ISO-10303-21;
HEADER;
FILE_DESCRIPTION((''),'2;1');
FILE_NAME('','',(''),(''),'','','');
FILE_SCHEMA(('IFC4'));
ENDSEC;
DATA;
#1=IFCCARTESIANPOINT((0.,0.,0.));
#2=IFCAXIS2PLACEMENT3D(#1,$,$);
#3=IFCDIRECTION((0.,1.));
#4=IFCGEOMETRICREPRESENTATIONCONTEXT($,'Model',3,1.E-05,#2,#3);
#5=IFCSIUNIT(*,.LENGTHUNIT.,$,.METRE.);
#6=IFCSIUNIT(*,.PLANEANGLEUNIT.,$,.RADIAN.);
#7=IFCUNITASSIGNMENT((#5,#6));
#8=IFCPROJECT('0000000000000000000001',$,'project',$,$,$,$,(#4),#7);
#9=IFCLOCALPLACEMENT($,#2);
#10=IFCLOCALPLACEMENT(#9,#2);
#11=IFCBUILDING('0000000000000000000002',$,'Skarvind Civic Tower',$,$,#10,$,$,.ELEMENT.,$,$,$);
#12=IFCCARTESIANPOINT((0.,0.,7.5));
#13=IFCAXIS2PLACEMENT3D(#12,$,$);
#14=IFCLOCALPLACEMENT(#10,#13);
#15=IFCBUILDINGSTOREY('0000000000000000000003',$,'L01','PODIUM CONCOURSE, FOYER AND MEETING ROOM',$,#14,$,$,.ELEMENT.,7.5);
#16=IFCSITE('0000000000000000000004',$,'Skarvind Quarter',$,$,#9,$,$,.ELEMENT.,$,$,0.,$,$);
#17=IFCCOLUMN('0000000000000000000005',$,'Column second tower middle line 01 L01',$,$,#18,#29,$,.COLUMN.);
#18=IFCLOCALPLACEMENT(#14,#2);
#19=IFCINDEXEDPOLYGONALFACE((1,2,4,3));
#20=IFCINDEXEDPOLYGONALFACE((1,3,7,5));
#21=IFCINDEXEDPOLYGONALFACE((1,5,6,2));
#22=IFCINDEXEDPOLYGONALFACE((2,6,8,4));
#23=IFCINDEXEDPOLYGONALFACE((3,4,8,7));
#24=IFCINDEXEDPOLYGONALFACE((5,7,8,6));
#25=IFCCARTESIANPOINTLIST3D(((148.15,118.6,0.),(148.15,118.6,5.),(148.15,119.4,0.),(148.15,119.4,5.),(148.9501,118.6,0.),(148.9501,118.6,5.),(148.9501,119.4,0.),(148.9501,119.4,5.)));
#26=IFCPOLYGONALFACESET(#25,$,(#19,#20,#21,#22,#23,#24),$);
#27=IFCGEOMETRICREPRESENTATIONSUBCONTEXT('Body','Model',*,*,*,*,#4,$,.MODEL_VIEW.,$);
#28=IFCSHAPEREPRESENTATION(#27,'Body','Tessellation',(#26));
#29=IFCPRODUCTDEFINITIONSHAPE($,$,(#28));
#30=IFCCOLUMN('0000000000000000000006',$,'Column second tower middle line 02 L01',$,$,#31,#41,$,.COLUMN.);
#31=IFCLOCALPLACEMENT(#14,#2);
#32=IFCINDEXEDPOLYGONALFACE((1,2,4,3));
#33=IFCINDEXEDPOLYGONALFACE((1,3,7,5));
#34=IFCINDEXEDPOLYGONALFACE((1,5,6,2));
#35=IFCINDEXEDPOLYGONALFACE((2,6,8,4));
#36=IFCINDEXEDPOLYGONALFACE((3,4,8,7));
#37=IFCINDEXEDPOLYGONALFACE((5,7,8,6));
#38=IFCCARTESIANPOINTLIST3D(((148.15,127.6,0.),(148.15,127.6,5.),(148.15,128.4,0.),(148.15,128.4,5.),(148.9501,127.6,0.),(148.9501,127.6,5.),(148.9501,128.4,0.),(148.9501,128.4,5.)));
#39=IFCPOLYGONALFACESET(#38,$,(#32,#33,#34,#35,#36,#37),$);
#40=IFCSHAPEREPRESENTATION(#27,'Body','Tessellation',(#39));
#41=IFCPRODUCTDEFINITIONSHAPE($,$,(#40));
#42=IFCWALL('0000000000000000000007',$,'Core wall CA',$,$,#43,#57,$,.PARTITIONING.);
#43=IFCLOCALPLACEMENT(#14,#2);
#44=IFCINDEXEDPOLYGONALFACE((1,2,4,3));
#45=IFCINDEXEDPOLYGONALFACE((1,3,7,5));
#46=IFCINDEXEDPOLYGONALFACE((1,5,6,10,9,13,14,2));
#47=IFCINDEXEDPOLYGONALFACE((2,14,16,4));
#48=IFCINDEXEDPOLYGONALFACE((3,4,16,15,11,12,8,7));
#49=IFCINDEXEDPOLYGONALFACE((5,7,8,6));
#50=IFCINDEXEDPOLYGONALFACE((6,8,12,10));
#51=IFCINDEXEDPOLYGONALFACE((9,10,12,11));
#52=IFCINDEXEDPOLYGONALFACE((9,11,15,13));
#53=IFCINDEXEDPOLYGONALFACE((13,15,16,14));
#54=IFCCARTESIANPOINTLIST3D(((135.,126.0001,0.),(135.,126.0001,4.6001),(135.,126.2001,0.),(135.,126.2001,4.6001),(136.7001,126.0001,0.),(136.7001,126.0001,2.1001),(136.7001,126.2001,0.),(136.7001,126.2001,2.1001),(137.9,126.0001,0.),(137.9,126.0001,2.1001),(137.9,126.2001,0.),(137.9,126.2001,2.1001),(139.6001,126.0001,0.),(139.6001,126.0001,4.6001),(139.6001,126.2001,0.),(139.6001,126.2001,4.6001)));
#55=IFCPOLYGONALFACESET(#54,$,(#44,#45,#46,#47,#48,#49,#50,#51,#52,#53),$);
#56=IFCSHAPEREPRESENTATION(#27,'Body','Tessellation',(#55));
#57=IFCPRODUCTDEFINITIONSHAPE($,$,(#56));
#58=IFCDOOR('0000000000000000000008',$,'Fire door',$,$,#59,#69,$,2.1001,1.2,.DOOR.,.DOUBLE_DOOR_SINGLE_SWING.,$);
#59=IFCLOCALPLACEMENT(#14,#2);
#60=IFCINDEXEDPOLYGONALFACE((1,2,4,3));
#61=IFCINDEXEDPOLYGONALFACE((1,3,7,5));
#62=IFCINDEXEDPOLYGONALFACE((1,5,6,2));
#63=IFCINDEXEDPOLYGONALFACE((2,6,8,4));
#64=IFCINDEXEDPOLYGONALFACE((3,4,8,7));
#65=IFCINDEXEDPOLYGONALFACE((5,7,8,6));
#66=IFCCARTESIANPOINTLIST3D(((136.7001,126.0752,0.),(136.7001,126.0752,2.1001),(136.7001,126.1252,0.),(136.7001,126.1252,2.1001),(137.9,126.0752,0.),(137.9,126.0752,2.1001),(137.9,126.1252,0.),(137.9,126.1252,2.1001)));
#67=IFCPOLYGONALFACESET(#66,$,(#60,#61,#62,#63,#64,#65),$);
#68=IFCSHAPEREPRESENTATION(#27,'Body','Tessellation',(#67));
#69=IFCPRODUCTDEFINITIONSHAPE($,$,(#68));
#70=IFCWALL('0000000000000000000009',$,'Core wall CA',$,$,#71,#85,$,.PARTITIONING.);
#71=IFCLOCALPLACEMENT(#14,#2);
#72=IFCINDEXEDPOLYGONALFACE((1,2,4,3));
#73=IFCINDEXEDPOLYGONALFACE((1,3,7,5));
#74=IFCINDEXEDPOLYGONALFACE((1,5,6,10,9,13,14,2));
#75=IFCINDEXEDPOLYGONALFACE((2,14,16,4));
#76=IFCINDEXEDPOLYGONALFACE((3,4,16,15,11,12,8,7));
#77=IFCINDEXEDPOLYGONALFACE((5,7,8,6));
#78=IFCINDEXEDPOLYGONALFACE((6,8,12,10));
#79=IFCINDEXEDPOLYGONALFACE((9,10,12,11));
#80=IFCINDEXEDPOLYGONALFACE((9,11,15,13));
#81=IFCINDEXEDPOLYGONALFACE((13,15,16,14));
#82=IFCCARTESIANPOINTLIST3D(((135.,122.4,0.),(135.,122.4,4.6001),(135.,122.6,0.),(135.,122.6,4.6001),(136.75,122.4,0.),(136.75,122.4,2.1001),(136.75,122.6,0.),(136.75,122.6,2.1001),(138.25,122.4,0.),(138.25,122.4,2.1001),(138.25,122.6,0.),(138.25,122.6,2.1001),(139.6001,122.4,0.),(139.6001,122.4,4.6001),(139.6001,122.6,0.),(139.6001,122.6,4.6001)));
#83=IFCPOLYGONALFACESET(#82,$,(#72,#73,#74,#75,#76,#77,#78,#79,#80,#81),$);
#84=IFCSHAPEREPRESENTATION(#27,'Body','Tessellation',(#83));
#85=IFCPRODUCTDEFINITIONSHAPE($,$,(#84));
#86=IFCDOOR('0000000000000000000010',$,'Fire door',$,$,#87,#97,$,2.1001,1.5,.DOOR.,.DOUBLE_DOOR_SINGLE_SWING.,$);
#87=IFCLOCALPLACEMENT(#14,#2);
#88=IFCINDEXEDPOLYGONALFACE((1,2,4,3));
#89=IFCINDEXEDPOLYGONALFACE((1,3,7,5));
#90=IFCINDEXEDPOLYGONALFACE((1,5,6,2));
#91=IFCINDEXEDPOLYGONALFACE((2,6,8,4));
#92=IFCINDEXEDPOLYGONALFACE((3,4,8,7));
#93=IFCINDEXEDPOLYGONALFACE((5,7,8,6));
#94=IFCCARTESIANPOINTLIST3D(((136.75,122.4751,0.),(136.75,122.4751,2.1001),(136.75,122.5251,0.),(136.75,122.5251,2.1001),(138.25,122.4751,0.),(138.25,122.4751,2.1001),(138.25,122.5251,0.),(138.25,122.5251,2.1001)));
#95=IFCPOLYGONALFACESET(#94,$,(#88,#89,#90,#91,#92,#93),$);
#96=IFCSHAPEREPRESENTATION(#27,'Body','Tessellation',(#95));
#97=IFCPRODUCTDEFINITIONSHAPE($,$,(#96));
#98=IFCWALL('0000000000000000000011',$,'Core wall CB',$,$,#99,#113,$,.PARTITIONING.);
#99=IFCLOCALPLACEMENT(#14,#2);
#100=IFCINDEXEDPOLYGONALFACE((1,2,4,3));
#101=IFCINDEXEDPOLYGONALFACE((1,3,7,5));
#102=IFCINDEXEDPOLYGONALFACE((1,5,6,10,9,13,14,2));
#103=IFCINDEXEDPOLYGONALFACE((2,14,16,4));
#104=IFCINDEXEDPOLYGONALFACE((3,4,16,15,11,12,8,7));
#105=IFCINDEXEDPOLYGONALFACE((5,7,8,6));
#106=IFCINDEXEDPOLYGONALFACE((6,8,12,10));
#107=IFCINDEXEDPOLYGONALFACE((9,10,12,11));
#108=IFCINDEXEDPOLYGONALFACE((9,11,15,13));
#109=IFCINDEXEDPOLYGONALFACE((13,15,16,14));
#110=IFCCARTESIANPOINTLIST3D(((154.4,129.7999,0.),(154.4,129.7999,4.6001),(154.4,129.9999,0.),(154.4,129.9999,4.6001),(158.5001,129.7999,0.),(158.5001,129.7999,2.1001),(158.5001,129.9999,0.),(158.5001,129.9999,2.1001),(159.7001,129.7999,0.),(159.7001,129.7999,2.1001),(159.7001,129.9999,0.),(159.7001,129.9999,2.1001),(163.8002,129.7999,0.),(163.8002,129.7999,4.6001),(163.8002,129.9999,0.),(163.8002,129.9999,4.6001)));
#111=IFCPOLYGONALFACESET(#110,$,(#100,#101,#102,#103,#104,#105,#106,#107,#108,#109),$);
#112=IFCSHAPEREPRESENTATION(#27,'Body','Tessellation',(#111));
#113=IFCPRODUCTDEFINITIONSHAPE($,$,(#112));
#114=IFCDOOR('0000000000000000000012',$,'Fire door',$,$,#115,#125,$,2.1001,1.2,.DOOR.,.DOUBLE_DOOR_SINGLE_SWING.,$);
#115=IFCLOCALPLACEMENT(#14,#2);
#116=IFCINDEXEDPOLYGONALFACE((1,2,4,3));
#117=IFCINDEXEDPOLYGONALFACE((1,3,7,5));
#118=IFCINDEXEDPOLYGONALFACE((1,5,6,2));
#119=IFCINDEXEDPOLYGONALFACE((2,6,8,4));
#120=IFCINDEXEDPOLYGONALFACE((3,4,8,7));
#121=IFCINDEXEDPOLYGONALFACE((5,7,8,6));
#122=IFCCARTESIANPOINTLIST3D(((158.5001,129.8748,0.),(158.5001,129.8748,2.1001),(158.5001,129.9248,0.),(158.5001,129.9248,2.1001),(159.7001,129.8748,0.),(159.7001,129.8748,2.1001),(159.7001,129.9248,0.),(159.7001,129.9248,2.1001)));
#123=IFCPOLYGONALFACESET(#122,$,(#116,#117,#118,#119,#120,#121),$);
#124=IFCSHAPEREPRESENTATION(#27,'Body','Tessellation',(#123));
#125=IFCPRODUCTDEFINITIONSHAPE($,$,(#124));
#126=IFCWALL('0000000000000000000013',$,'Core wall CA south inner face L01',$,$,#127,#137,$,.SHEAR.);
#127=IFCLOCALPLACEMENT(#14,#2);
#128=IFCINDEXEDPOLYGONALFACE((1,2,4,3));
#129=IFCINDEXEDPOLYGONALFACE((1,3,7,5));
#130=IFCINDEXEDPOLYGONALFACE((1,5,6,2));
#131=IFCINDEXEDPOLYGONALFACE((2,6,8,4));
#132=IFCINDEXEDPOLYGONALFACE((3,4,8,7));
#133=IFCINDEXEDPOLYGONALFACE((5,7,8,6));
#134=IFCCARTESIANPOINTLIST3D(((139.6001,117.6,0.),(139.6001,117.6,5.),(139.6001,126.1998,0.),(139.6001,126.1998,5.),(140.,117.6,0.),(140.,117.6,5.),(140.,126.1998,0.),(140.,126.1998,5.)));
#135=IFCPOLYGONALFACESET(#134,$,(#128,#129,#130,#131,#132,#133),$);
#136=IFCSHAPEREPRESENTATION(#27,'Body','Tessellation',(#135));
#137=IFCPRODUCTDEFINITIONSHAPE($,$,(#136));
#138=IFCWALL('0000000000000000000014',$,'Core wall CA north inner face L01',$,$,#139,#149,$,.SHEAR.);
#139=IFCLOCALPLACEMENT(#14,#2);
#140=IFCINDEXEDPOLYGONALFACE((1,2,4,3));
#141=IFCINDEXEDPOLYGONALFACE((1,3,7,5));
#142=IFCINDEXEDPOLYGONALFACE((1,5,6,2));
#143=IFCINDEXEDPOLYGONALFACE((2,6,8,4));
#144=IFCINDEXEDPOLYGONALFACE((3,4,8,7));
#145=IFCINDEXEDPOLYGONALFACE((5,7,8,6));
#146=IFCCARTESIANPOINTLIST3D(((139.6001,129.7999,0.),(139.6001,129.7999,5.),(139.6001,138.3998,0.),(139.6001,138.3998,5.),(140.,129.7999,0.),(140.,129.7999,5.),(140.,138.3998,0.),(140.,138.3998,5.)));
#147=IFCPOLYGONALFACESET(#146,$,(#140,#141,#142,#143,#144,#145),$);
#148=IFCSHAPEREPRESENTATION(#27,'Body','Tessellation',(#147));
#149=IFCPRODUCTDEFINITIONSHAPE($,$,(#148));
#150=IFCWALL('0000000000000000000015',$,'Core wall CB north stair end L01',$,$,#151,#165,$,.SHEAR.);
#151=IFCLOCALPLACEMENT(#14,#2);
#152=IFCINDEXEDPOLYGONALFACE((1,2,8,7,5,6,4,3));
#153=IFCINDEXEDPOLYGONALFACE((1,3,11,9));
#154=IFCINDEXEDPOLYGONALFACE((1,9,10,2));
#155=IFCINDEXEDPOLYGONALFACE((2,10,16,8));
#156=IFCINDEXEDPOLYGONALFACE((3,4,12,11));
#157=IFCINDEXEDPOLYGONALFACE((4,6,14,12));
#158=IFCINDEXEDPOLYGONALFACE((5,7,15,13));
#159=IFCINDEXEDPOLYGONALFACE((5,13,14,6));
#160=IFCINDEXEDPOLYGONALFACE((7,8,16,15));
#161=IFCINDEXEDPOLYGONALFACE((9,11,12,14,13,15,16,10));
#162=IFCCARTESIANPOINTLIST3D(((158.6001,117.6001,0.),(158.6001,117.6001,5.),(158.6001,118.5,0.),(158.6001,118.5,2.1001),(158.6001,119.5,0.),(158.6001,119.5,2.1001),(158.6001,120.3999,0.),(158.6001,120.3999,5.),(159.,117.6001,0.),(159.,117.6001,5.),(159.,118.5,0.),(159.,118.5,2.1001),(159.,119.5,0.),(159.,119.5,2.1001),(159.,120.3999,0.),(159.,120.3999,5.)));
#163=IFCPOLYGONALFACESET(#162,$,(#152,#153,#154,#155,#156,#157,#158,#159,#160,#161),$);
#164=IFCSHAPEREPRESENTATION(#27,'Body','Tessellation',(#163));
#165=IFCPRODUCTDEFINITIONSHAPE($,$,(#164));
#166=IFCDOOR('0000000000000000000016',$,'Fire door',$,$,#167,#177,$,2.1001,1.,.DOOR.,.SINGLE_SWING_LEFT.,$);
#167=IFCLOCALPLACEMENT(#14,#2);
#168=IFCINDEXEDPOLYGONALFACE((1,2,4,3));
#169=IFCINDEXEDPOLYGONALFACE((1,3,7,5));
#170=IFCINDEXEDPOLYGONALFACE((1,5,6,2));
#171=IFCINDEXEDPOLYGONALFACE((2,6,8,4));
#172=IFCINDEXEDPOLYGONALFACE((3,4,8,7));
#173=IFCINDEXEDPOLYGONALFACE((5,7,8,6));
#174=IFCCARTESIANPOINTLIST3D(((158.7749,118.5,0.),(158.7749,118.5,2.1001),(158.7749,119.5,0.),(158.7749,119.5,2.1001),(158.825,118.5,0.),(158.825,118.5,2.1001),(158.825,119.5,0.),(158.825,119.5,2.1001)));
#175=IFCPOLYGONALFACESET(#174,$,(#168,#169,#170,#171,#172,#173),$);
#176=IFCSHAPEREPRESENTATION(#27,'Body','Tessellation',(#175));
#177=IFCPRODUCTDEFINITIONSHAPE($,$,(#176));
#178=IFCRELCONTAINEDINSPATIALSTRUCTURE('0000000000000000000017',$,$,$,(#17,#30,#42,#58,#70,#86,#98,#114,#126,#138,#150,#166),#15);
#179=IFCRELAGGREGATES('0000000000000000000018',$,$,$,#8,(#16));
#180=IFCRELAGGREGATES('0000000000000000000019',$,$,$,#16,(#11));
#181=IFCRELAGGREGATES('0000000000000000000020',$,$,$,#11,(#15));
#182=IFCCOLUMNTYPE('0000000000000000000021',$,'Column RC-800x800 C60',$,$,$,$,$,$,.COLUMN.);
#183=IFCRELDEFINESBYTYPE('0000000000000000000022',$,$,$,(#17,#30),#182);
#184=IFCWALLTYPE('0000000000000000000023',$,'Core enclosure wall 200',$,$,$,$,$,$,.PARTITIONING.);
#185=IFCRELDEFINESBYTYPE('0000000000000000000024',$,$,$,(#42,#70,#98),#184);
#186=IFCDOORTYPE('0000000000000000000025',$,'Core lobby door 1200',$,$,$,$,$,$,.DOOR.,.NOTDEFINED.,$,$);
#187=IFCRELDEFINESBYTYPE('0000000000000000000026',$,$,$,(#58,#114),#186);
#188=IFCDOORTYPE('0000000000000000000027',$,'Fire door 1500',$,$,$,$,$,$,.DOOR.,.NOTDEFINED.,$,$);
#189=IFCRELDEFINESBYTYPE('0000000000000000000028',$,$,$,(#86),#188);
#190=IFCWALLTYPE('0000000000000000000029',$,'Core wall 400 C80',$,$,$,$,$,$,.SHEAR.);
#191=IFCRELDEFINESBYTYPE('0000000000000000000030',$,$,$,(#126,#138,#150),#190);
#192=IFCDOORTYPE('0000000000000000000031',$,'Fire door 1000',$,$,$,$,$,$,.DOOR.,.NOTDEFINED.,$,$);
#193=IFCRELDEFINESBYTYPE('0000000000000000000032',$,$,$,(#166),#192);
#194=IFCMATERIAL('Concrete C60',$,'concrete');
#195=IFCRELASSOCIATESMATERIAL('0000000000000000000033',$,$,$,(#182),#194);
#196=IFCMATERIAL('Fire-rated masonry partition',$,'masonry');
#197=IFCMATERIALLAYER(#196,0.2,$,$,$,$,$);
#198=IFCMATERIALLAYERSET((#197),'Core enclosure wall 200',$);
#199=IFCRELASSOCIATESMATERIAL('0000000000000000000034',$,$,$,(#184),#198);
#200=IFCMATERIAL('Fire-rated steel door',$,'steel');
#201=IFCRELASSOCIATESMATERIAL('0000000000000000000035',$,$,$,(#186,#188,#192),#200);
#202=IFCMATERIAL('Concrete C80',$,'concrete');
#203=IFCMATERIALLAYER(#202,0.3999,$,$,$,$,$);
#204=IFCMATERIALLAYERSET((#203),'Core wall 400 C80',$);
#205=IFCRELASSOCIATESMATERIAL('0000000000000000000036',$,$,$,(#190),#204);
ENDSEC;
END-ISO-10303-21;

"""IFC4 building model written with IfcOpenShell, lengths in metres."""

from ifc_helpers import new_model, si_unit, direction, frame, frame_2d, origin, origin_2d, place, context, subcontext, project, spatial, rectangle, extrude, material, layer, layer_set, material_profile, profile_set, type_object, element, fill, save


model = new_model("IFC4")

# Units and contexts
model_context = context("Model", 3, precision=1e-05, world=origin(), true_north=direction((0.0, 1.0)))
body_context = subcontext(model_context, "Body", "Model", "MODEL_VIEW")
ifc_project = project(units=[si_unit("LENGTHUNIT", "METRE"), si_unit("PLANEANGLEUNIT", "RADIAN")], contexts=[model_context])

# Site, building, storey
site_placement = place(None, origin())
site = spatial("IfcSite", under=ifc_project, at=site_placement, Name="Skarvind Quarter", CompositionType="ELEMENT", RefElevation=0.0)
building_placement = place(site_placement, origin())
building = spatial("IfcBuilding", under=site, at=building_placement, Name="Skarvind Civic Tower", CompositionType="ELEMENT")
storey_placement = place(building_placement, frame((0.0, 0.0, 7.5)))
storey = spatial("IfcBuildingStorey", under=building, at=storey_placement, Name="L01", Description="PODIUM CONCOURSE, FOYER AND MEETING ROOM", CompositionType="ELEMENT", Elevation=7.5)

# Columns
ifc_material_1 = material(Name="Concrete C60", Category="concrete")
ifc_material_profile = material_profile(ifc_material_1, rectangle(XDim=0.8, YDim=0.8, at=origin_2d()), Name="RC-800x800")
ifc_profile_set = profile_set([ifc_material_profile], Name="Concrete C60")
column_type = type_object("IfcColumnType", Name="Column RC-800x800 C60", PredefinedType="COLUMN", material=ifc_profile_set)
for number, where, z_axis, x_axis, name in (
    (1, (148.55, 119.0, 0.0), (0.0, 0.0, 1.0), (1.0, 0.0, 0.0), "Column second tower middle line 01 L01"),
    (2, (148.55, 128.0, 0.0), (0.0, 0.0, 1.0), (1.0, 0.0, 0.0), "Column second tower middle line 02 L01"),
):
    element("IfcColumn", number, at=place(storey_placement, frame(where, z_axis=z_axis, x_axis=x_axis)), inside=storey, type_object=column_type, Name=name, PredefinedType="COLUMN", context=body_context, shape_type="SweptSolid", body=[
        extrude(rectangle(XDim=0.8, YDim=0.8, at=origin_2d()), origin(), (0.0, 0.0, 1.0), 5.0),
    ])

# Walls, openings, doors
ifc_material_2 = material(Name="Fire-rated masonry partition", Category="masonry")
ifc_layer_1 = layer(ifc_material_2, 0.2)
ifc_layer_set_1 = layer_set([ifc_layer_1], Name="Core enclosure wall 200")
wall_type_1 = type_object("IfcWallType", Name="Core enclosure wall 200", PredefinedType="PARTITIONING", material=ifc_layer_set_1)
wall_1_placement = place(storey_placement, frame((139.6001, 126.1001, 0.0), z_axis=(0.0, 0.0, 1.0), x_axis=(-1.0, 0.0, 0.0)))
wall_1 = element("IfcWall", 3, at=wall_1_placement, inside=storey, type_object=wall_type_1, Name="Core wall CA", PredefinedType="PARTITIONING", context=body_context, shape_type="SweptSolid", body=[
    extrude(rectangle(XDim=4.6001, YDim=0.2, at=frame_2d((2.3, 0.0))), origin(), (0.0, 0.0, 1.0), 4.6001),
])
opening_1_placement = place(wall_1_placement, frame((1.7, 0.0, 0.0)))
opening_1 = element("IfcOpeningElement", 4, at=opening_1_placement, cuts=wall_1, PredefinedType="OPENING", context=body_context, shape_type="SweptSolid", body=[
    extrude(rectangle(XDim=1.2, YDim=2.1001, at=frame_2d((0.6001, 1.05))), frame((0.0, 0.1099, 0.0), z_axis=(0.0, -1.0, 0.0), x_axis=(1.0, 0.0, 0.0)), (0.0, 0.0, 1.0), 0.22),
])
ifc_material_3 = material(Name="Fire-rated steel door", Category="steel")
door_type_1 = type_object("IfcDoorType", Name="Core lobby door 1200", OperationType="NOTDEFINED", PredefinedType="DOOR", material=ifc_material_3)
door_1_placement = place(opening_1_placement, origin())
door_1 = element("IfcDoor", 5, at=door_1_placement, inside=storey, type_object=door_type_1, Name="Fire door", OperationType="DOUBLE_DOOR_SINGLE_SWING", OverallHeight=2.1001, OverallWidth=1.2, PredefinedType="DOOR", context=body_context, shape_type="SweptSolid", body=[
    extrude(rectangle(XDim=1.2, YDim=2.1001, at=frame_2d((0.6001, 1.05))), frame((0.0, 0.0249, 0.0), z_axis=(0.0, -1.0, 0.0), x_axis=(1.0, 0.0, 0.0)), (0.0, 0.0, 1.0), 0.05),
])
fill(opening_1, door_1)
wall_2_placement = place(storey_placement, frame((139.6001, 122.5, 0.0), z_axis=(0.0, 0.0, 1.0), x_axis=(-1.0, 0.0, 0.0)))
wall_2 = element("IfcWall", 6, at=wall_2_placement, inside=storey, type_object=wall_type_1, Name="Core wall CA", PredefinedType="PARTITIONING", context=body_context, shape_type="SweptSolid", body=[
    extrude(rectangle(XDim=4.6001, YDim=0.2, at=frame_2d((2.3, 0.0))), origin(), (0.0, 0.0, 1.0), 4.6001),
])
opening_2_placement = place(wall_2_placement, frame((1.3501, 0.0, 0.0)))
opening_2 = element("IfcOpeningElement", 7, at=opening_2_placement, cuts=wall_2, PredefinedType="OPENING", context=body_context, shape_type="SweptSolid", body=[
    extrude(rectangle(XDim=1.5, YDim=2.1001, at=frame_2d((0.75, 1.05))), frame((0.0, 0.1099, 0.0), z_axis=(0.0, -1.0, 0.0), x_axis=(1.0, 0.0, 0.0)), (0.0, 0.0, 1.0), 0.22),
])
door_type_2 = type_object("IfcDoorType", Name="Fire door 1500", OperationType="NOTDEFINED", PredefinedType="DOOR", material=ifc_material_3)
door_2_placement = place(opening_2_placement, origin())
door_2 = element("IfcDoor", 8, at=door_2_placement, inside=storey, type_object=door_type_2, Name="Fire door", OperationType="DOUBLE_DOOR_SINGLE_SWING", OverallHeight=2.1001, OverallWidth=1.5, PredefinedType="DOOR", context=body_context, shape_type="SweptSolid", body=[
    extrude(rectangle(XDim=1.5, YDim=2.1001, at=frame_2d((0.75, 1.05))), frame((0.0, 0.0249, 0.0), z_axis=(0.0, -1.0, 0.0), x_axis=(1.0, 0.0, 0.0)), (0.0, 0.0, 1.0), 0.05),
])
fill(opening_2, door_2)
wall_3_placement = place(storey_placement, frame((154.3999, 129.8999, 0.0), z_axis=(0.0, 0.0, 1.0), x_axis=(1.0, 0.0, 0.0)))
wall_3 = element("IfcWall", 9, at=wall_3_placement, inside=storey, type_object=wall_type_1, Name="Core wall CB", PredefinedType="PARTITIONING", context=body_context, shape_type="SweptSolid", body=[
    extrude(rectangle(XDim=9.4001, YDim=0.2, at=frame_2d((4.7002, 0.0))), origin(), (0.0, 0.0, 1.0), 4.6001),
])
opening_3_placement = place(wall_3_placement, frame((4.1001, 0.0, 0.0)))
opening_3 = element("IfcOpeningElement", 10, at=opening_3_placement, cuts=wall_3, PredefinedType="OPENING", context=body_context, shape_type="SweptSolid", body=[
    extrude(rectangle(XDim=1.2, YDim=2.1001, at=frame_2d((0.6001, 1.05))), frame((0.0, 0.1099, 0.0), z_axis=(0.0, -1.0, 0.0), x_axis=(1.0, 0.0, 0.0)), (0.0, 0.0, 1.0), 0.22),
])
door_3_placement = place(opening_3_placement, origin())
door_3 = element("IfcDoor", 11, at=door_3_placement, inside=storey, type_object=door_type_1, Name="Fire door", OperationType="DOUBLE_DOOR_SINGLE_SWING", OverallHeight=2.1001, OverallWidth=1.2, PredefinedType="DOOR", context=body_context, shape_type="SweptSolid", body=[
    extrude(rectangle(XDim=1.2, YDim=2.1001, at=frame_2d((0.6001, 1.05))), frame((0.0, 0.0249, 0.0), z_axis=(0.0, -1.0, 0.0), x_axis=(1.0, 0.0, 0.0)), (0.0, 0.0, 1.0), 0.05),
])
fill(opening_3, door_3)

# Walls
ifc_material_4 = material(Name="Concrete C80", Category="concrete")
ifc_layer_2 = layer(ifc_material_4, 0.3999)
ifc_layer_set_2 = layer_set([ifc_layer_2], Name="Core wall 400 C80")
wall_type_2 = type_object("IfcWallType", Name="Core wall 400 C80", PredefinedType="SHEAR", material=ifc_layer_set_2)
for number, where, z_axis, x_axis, name in (
    (12, (139.8, 117.6001, 0.0), (0.0, 0.0, 1.0), (0.0, 1.0, 0.0), "Core wall CA south inner face L01"),
    (13, (139.8, 129.8, 0.0), (0.0, 0.0, 1.0), (0.0, 1.0, 0.0), "Core wall CA north inner face L01"),
):
    element("IfcWall", number, at=place(storey_placement, frame(where, z_axis=z_axis, x_axis=x_axis)), inside=storey, type_object=wall_type_2, Name=name, PredefinedType="SHEAR", context=body_context, shape_type="SweptSolid", body=[
        extrude(rectangle(XDim=8.5999, YDim=0.3999, at=frame_2d((4.2998, 0.0))), origin(), (0.0, 0.0, 1.0), 5.0),
    ])

# Wall, opening, door
wall_4_placement = place(storey_placement, frame((158.8, 120.3999, 0.0), z_axis=(0.0, 0.0, 1.0), x_axis=(0.0, -1.0, 0.0)))
wall_4 = element("IfcWall", 14, at=wall_4_placement, inside=storey, type_object=wall_type_2, Name="Core wall CB north stair end L01", PredefinedType="SHEAR", context=body_context, shape_type="SweptSolid", body=[
    extrude(rectangle(XDim=2.7998, YDim=0.3999, at=frame_2d((1.3999, 0.0))), origin(), (0.0, 0.0, 1.0), 5.0),
])
opening_4_placement = place(wall_4_placement, frame((0.8999, 0.0, 0.0)))
opening_4 = element("IfcOpeningElement", 15, at=opening_4_placement, cuts=wall_4, PredefinedType="OPENING", context=body_context, shape_type="SweptSolid", body=[
    extrude(rectangle(XDim=1.0, YDim=2.1001, at=frame_2d((0.5, 1.05))), frame((0.0, 0.21, 0.0), z_axis=(0.0, -1.0, 0.0), x_axis=(1.0, 0.0, 0.0)), (0.0, 0.0, 1.0), 0.4199),
])
door_type_3 = type_object("IfcDoorType", Name="Fire door 1000", OperationType="NOTDEFINED", PredefinedType="DOOR", material=ifc_material_3)
door_4_placement = place(opening_4_placement, origin())
door_4 = element("IfcDoor", 16, at=door_4_placement, inside=storey, type_object=door_type_3, Name="Fire door", OperationType="SINGLE_SWING_LEFT", OverallHeight=2.1001, OverallWidth=1.0, PredefinedType="DOOR", context=body_context, shape_type="SweptSolid", body=[
    extrude(rectangle(XDim=1.0, YDim=2.1001, at=frame_2d((0.5, 1.05))), frame((0.0, 0.0249, 0.0), z_axis=(0.0, -1.0, 0.0), x_axis=(1.0, 0.0, 0.0)), (0.0, 0.0, 1.0), 0.05),
])
fill(opening_4, door_4)

save(model, "model.ifc")
